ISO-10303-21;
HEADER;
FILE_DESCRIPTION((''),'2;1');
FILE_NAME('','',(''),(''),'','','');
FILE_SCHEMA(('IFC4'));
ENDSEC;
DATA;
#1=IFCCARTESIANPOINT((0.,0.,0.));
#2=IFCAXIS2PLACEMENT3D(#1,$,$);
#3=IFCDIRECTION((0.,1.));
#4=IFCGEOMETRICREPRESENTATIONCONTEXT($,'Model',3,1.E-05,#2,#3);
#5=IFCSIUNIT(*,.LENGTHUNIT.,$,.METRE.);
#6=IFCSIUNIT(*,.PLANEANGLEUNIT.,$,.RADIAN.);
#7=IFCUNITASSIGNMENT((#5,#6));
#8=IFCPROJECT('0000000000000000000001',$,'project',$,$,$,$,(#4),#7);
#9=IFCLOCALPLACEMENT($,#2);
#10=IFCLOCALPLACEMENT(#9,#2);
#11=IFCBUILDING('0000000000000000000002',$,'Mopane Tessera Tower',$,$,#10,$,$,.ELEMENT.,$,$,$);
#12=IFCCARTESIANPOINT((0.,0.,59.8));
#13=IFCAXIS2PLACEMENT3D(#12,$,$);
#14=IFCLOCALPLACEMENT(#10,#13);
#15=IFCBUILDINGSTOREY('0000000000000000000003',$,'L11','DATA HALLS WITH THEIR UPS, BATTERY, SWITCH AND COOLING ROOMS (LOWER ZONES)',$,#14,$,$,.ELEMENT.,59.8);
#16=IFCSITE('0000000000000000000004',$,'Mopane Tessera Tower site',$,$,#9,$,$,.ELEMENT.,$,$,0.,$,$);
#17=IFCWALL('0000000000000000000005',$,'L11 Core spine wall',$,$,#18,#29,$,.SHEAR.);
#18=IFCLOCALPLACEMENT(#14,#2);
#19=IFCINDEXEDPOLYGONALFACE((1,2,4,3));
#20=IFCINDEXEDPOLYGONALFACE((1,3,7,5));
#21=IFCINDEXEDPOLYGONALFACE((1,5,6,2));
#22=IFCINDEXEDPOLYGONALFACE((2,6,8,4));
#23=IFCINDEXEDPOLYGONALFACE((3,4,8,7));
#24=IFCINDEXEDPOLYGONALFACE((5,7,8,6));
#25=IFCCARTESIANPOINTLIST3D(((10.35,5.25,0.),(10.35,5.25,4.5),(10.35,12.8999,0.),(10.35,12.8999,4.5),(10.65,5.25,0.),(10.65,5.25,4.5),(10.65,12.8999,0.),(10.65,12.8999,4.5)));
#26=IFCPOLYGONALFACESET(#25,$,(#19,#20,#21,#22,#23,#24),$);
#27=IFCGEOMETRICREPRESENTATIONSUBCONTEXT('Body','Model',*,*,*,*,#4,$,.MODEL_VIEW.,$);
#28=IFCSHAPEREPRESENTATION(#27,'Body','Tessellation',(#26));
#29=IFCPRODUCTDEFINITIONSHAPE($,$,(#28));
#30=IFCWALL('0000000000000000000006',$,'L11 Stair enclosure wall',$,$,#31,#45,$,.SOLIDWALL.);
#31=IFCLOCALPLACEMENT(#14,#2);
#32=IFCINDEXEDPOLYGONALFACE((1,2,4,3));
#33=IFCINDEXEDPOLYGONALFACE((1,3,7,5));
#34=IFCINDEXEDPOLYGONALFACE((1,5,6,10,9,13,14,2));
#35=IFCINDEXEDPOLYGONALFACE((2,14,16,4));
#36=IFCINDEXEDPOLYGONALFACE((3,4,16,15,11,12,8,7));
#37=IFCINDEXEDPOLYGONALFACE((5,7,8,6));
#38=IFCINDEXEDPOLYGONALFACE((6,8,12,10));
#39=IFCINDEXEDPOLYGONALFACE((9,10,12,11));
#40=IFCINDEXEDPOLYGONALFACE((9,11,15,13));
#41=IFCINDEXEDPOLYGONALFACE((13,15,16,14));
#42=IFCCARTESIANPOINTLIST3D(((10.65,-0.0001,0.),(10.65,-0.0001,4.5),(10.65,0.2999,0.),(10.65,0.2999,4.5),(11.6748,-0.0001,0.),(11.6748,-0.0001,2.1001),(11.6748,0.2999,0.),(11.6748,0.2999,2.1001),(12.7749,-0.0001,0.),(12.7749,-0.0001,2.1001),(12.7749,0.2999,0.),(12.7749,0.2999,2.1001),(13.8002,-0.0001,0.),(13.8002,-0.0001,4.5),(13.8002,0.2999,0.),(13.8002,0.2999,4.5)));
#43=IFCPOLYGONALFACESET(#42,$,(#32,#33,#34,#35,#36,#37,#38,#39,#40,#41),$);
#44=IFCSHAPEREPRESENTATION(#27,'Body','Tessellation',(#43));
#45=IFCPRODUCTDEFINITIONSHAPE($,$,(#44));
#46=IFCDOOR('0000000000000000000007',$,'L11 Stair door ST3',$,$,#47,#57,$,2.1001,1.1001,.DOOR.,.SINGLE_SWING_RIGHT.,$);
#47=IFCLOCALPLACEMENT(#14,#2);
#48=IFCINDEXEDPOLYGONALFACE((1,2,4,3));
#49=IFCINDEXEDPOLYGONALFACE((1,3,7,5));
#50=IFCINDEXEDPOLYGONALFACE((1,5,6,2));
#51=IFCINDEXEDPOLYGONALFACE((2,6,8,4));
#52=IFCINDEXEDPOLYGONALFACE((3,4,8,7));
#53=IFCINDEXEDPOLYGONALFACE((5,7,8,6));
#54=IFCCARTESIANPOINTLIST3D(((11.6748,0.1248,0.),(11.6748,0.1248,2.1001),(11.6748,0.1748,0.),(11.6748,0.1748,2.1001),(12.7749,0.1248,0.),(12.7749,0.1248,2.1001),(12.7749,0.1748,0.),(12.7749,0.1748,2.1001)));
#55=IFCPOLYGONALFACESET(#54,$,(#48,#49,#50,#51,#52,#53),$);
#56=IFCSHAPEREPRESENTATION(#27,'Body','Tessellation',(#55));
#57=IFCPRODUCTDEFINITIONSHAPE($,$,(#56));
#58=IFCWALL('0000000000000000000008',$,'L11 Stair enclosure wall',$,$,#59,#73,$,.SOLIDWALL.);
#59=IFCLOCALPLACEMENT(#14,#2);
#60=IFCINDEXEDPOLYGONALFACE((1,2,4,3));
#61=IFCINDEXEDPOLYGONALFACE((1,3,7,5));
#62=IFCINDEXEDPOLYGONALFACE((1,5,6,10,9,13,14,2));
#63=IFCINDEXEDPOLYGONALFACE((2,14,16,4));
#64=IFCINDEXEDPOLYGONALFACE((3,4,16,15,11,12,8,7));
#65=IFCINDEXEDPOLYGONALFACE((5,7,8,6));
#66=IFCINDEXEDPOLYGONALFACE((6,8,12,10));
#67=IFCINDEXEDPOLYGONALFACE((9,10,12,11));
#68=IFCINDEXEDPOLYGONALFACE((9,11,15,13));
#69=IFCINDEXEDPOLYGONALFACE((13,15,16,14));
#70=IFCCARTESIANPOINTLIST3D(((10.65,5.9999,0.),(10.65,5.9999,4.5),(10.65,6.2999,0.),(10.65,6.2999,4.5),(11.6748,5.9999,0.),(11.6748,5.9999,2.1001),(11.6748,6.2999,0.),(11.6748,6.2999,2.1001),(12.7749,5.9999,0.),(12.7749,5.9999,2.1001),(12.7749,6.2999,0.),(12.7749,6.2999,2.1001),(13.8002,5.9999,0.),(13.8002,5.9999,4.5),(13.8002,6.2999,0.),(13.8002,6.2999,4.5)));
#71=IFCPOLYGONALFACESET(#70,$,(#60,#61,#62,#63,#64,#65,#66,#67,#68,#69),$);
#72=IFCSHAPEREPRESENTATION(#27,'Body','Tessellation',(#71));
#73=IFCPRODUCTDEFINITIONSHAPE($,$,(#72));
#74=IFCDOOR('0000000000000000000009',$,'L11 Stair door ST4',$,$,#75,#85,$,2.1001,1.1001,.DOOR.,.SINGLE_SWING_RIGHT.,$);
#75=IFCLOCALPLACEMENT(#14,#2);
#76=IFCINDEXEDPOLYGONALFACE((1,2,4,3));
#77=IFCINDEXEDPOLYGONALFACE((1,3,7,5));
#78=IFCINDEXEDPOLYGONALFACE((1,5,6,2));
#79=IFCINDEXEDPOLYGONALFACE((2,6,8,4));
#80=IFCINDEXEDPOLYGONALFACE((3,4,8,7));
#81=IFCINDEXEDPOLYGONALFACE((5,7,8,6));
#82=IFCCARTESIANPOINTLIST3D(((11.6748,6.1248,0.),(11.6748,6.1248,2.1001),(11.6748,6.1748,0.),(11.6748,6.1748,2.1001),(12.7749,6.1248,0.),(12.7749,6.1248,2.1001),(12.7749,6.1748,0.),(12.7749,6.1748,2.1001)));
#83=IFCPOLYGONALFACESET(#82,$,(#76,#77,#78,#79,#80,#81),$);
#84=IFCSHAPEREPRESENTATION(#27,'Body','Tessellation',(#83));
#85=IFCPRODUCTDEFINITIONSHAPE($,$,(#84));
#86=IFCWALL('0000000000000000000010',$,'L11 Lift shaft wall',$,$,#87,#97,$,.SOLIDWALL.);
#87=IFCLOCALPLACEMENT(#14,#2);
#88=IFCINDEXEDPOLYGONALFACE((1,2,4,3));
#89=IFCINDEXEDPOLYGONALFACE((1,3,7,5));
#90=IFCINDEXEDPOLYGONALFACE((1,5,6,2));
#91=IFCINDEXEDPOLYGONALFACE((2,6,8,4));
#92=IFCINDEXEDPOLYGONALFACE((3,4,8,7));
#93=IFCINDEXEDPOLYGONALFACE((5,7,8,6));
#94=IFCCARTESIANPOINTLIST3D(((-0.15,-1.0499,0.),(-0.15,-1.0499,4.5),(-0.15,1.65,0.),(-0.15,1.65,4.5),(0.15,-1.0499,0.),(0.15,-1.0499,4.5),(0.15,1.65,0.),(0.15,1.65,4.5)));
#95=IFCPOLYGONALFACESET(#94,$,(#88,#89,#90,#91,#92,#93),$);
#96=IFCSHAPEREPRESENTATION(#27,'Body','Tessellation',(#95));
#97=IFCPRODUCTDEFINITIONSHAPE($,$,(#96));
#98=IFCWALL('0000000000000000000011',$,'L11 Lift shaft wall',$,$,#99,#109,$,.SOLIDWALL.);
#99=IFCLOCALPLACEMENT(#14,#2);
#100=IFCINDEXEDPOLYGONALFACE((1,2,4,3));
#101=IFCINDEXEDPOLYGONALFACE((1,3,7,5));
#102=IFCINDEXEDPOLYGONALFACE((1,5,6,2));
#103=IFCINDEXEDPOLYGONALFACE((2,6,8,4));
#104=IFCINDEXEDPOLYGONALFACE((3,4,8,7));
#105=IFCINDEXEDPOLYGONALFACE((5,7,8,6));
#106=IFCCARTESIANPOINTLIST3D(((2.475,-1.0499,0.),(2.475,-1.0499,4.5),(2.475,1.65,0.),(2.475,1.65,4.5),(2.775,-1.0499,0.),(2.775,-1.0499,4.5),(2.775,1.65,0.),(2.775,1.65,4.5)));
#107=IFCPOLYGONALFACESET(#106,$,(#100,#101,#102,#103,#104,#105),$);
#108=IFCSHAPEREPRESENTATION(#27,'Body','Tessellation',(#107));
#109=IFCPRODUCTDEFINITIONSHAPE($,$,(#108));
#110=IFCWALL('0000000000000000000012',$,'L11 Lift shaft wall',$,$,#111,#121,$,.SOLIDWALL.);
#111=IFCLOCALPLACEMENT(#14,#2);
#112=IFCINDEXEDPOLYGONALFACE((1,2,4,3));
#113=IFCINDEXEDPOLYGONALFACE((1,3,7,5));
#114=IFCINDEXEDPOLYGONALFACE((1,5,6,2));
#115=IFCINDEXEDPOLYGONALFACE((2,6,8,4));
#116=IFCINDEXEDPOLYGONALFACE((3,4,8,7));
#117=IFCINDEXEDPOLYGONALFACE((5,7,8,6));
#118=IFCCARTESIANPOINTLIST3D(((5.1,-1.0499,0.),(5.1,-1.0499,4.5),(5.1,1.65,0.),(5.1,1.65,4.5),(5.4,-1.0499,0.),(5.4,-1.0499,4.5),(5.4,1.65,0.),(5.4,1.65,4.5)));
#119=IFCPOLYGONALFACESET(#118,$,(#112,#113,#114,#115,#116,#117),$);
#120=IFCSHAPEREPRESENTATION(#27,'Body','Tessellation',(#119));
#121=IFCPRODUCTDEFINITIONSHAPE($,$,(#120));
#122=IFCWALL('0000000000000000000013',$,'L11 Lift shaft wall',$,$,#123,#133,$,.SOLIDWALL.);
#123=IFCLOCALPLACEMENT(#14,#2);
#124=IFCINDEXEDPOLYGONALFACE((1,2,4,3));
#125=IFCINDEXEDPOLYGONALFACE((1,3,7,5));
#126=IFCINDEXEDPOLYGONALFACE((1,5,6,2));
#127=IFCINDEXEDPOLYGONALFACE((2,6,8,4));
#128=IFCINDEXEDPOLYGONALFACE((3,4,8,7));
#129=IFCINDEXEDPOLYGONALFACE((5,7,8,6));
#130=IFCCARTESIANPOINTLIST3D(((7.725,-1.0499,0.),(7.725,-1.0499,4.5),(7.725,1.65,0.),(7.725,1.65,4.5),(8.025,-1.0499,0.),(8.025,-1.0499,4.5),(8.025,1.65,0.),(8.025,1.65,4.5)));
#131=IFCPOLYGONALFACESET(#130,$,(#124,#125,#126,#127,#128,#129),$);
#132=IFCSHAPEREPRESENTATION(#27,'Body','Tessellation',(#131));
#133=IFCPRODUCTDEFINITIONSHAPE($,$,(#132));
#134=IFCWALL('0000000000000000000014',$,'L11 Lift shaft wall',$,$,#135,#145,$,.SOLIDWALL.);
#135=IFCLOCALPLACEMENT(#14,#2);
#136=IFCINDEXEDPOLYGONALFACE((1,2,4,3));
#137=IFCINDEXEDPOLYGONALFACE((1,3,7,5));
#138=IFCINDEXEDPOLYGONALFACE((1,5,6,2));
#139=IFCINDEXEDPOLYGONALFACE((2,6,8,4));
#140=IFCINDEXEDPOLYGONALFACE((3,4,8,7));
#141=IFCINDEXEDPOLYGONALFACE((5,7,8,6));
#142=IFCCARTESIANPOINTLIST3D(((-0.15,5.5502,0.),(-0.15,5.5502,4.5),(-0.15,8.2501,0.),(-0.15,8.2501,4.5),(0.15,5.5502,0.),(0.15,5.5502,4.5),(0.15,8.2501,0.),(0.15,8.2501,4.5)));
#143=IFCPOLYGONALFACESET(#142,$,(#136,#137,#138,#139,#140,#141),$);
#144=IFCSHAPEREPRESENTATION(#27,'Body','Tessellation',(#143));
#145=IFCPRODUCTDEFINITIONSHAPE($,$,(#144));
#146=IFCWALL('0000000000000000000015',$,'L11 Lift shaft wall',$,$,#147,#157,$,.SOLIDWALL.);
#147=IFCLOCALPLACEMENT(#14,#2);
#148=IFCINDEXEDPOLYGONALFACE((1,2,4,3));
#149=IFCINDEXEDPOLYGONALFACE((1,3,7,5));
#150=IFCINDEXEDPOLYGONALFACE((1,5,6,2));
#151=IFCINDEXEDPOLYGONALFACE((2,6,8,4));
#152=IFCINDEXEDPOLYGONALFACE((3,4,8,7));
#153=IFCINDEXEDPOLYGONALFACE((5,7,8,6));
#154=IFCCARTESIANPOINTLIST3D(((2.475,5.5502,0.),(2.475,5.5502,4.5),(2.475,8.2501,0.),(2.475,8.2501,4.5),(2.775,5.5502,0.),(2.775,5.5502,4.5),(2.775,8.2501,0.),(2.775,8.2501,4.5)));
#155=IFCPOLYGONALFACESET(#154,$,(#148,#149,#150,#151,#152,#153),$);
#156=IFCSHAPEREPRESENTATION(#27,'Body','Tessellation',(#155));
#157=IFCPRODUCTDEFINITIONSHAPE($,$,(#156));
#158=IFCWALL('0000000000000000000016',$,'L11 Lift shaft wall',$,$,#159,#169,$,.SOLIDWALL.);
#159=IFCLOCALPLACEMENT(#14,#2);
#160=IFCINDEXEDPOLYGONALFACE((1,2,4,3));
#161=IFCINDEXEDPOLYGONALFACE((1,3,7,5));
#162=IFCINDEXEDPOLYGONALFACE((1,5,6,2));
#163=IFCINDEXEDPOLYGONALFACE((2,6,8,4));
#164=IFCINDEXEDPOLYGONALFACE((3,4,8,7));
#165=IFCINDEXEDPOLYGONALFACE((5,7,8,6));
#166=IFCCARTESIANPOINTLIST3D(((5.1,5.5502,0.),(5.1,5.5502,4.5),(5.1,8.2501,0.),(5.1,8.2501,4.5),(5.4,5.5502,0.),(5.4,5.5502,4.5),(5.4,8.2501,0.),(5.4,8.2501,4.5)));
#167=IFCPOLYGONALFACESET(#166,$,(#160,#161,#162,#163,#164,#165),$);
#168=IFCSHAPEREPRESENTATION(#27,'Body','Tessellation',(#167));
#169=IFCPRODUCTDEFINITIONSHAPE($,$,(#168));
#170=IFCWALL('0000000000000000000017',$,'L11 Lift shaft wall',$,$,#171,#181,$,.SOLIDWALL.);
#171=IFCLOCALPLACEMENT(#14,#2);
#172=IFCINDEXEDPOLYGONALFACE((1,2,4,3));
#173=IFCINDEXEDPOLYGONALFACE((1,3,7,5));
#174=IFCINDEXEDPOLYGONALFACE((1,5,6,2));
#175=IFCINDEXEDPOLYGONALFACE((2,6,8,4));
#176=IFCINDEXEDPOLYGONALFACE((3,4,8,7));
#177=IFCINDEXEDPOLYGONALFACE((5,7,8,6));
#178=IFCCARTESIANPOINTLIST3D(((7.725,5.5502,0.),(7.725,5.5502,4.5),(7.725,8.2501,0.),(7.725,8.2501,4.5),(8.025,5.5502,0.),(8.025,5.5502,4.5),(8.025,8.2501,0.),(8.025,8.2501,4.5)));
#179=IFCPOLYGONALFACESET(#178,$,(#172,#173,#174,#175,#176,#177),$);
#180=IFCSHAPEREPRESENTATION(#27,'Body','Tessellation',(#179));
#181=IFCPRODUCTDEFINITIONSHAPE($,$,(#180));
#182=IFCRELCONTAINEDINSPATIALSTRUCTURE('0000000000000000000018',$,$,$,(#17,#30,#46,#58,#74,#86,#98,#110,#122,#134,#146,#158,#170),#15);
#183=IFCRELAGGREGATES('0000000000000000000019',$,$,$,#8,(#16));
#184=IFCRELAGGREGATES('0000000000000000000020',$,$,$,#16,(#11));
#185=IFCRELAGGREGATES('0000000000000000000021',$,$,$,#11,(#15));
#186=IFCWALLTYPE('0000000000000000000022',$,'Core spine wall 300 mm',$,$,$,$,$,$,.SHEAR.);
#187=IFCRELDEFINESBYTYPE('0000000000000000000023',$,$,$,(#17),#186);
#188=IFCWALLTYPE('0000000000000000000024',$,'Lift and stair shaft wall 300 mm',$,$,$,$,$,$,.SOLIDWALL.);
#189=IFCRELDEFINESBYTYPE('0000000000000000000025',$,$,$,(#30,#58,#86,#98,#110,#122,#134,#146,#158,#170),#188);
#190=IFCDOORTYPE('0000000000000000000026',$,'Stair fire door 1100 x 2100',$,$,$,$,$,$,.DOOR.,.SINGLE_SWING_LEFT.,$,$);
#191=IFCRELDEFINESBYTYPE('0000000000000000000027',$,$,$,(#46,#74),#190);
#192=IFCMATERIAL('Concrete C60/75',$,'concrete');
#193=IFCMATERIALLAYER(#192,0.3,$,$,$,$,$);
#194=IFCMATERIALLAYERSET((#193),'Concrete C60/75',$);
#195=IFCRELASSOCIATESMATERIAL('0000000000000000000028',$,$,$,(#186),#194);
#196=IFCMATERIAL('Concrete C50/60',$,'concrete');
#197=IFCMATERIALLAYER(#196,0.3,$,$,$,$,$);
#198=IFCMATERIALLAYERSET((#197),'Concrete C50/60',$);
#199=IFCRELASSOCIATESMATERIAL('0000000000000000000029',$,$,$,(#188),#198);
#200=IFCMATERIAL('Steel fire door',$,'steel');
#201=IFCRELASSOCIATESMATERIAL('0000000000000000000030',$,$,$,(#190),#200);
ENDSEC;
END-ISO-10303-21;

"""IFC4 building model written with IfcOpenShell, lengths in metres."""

from ifc_helpers import new_model, si_unit, direction, frame, frame_2d, origin, place, context, subcontext, project, spatial, rectangle, extrude, material, layer, layer_set, type_object, element, fill, save


model = new_model("IFC4")

# Units and contexts
model_context = context("Model", 3, precision=1e-05, world=origin(), true_north=direction((0.0, 1.0)))
body_context = subcontext(model_context, "Body", "Model", "MODEL_VIEW")
ifc_project = project(units=[si_unit("LENGTHUNIT", "METRE"), si_unit("PLANEANGLEUNIT", "RADIAN")], contexts=[model_context])

# Site, building, storey
site_placement = place(None, origin())
site = spatial("IfcSite", under=ifc_project, at=site_placement, Name="Mopane Tessera Tower site", CompositionType="ELEMENT", RefElevation=0.0)
building_placement = place(site_placement, origin())
building = spatial("IfcBuilding", under=site, at=building_placement, Name="Mopane Tessera Tower", CompositionType="ELEMENT")
storey_placement = place(building_placement, frame((0.0, 0.0, 59.8)))
storey = spatial("IfcBuildingStorey", under=building, at=storey_placement, Name="L11", Description="DATA HALLS WITH THEIR UPS, BATTERY, SWITCH AND COOLING ROOMS (LOWER ZONES)", CompositionType="ELEMENT", Elevation=59.8)

# Wall
ifc_material_1 = material(Name="Concrete C60/75", Category="concrete")
ifc_layer_1 = layer(ifc_material_1, 0.3)
ifc_layer_set_1 = layer_set([ifc_layer_1], Name="Concrete C60/75")
wall_type_1 = type_object("IfcWallType", Name="Core spine wall 300 mm", PredefinedType="SHEAR", material=ifc_layer_set_1)
wall_1_placement = place(storey_placement, frame((10.5, 5.25, 0.0), z_axis=(0.0, 0.0, 1.0), x_axis=(0.0, 1.0, 0.0)))
element("IfcWall", 1, at=wall_1_placement, inside=storey, type_object=wall_type_1, Name="L11 Core spine wall", PredefinedType="SHEAR", context=body_context, shape_type="SweptSolid", body=[
    extrude(rectangle(XDim=7.6499, YDim=0.3, at=frame_2d((3.825, 0.0))), origin(), (0.0, 0.0, 1.0), 4.5),
])

# Walls, openings, doors
ifc_material_2 = material(Name="Concrete C50/60", Category="concrete")
ifc_layer_2 = layer(ifc_material_2, 0.3)
ifc_layer_set_2 = layer_set([ifc_layer_2], Name="Concrete C50/60")
wall_type_2 = type_object("IfcWallType", Name="Lift and stair shaft wall 300 mm", PredefinedType="SOLIDWALL", material=ifc_layer_set_2)
wall_2_placement = place(storey_placement, frame((10.6499, 0.1499, 0.0), z_axis=(0.0, 0.0, 1.0), x_axis=(1.0, 0.0, 0.0)))
wall_2 = element("IfcWall", 2, at=wall_2_placement, inside=storey, type_object=wall_type_2, Name="L11 Stair enclosure wall", PredefinedType="SOLIDWALL", context=body_context, shape_type="SweptSolid", body=[
    extrude(rectangle(XDim=3.1501, YDim=0.3, at=frame_2d((1.5752, 0.0))), origin(), (0.0, 0.0, 1.0), 4.5),
])
opening_1_placement = place(wall_2_placement, frame((1.0249, 0.0, 0.0)))
opening_1 = element("IfcOpeningElement", 3, at=opening_1_placement, cuts=wall_2, PredefinedType="OPENING", context=body_context, shape_type="SweptSolid", body=[
    extrude(rectangle(XDim=1.1001, YDim=2.1001, at=frame_2d((0.55, 1.05))), frame((0.0, 0.1621, 0.0), z_axis=(0.0, -1.0, 0.0), x_axis=(1.0, 0.0, 0.0)), (0.0, 0.0, 1.0), 0.324),
])
ifc_material_3 = material(Name="Steel fire door", Category="steel")
door_type = type_object("IfcDoorType", Name="Stair fire door 1100 x 2100", OperationType="SINGLE_SWING_LEFT", PredefinedType="DOOR", material=ifc_material_3)
door_1_placement = place(opening_1_placement, origin())
door_1 = element("IfcDoor", 4, at=door_1_placement, inside=storey, type_object=door_type, Name="L11 Stair door ST3", OperationType="SINGLE_SWING_RIGHT", OverallHeight=2.1001, OverallWidth=1.1001, PredefinedType="DOOR", context=body_context, shape_type="SweptSolid", body=[
    extrude(rectangle(XDim=1.1001, YDim=2.1001, at=frame_2d((0.55, 1.05))), frame((0.0, 0.0249, 0.0), z_axis=(0.0, -1.0, 0.0), x_axis=(1.0, 0.0, 0.0)), (0.0, 0.0, 1.0), 0.05),
])
fill(opening_1, door_1)
wall_3_placement = place(storey_placement, frame((10.6499, 6.1499, 0.0), z_axis=(0.0, 0.0, 1.0), x_axis=(1.0, 0.0, 0.0)))
wall_3 = element("IfcWall", 5, at=wall_3_placement, inside=storey, type_object=wall_type_2, Name="L11 Stair enclosure wall", PredefinedType="SOLIDWALL", context=body_context, shape_type="SweptSolid", body=[
    extrude(rectangle(XDim=3.1501, YDim=0.3, at=frame_2d((1.5752, 0.0))), origin(), (0.0, 0.0, 1.0), 4.5),
])
opening_2_placement = place(wall_3_placement, frame((1.0249, 0.0, 0.0)))
opening_2 = element("IfcOpeningElement", 6, at=opening_2_placement, cuts=wall_3, PredefinedType="OPENING", context=body_context, shape_type="SweptSolid", body=[
    extrude(rectangle(XDim=1.1001, YDim=2.1001, at=frame_2d((0.55, 1.05))), frame((0.0, 0.1621, 0.0), z_axis=(0.0, -1.0, 0.0), x_axis=(1.0, 0.0, 0.0)), (0.0, 0.0, 1.0), 0.324),
])
door_2_placement = place(opening_2_placement, origin())
door_2 = element("IfcDoor", 7, at=door_2_placement, inside=storey, type_object=door_type, Name="L11 Stair door ST4", OperationType="SINGLE_SWING_RIGHT", OverallHeight=2.1001, OverallWidth=1.1001, PredefinedType="DOOR", context=body_context, shape_type="SweptSolid", body=[
    extrude(rectangle(XDim=1.1001, YDim=2.1001, at=frame_2d((0.55, 1.05))), frame((0.0, 0.0249, 0.0), z_axis=(0.0, -1.0, 0.0), x_axis=(1.0, 0.0, 0.0)), (0.0, 0.0, 1.0), 0.05),
])
fill(opening_2, door_2)

# Walls
for number, where, z_axis, x_axis, name in (
    (8, (0.0, -1.05, 0.0), (0.0, 0.0, 1.0), (0.0, 1.0, 0.0), "L11 Lift shaft wall"),
    (9, (2.625, -1.05, 0.0), (0.0, 0.0, 1.0), (0.0, 1.0, 0.0), "L11 Lift shaft wall"),
    (10, (5.25, -1.05, 0.0), (0.0, 0.0, 1.0), (0.0, 1.0, 0.0), "L11 Lift shaft wall"),
    (11, (7.875, -1.05, 0.0), (0.0, 0.0, 1.0), (0.0, 1.0, 0.0), "L11 Lift shaft wall"),
    (12, (0.0, 5.55, 0.0), (0.0, 0.0, 1.0), (0.0, 1.0, 0.0), "L11 Lift shaft wall"),
    (13, (2.625, 5.55, 0.0), (0.0, 0.0, 1.0), (0.0, 1.0, 0.0), "L11 Lift shaft wall"),
    (14, (5.25, 5.55, 0.0), (0.0, 0.0, 1.0), (0.0, 1.0, 0.0), "L11 Lift shaft wall"),
    (15, (7.875, 5.55, 0.0), (0.0, 0.0, 1.0), (0.0, 1.0, 0.0), "L11 Lift shaft wall"),
):
    element("IfcWall", number, at=place(storey_placement, frame(where, z_axis=z_axis, x_axis=x_axis)), inside=storey, type_object=wall_type_2, Name=name, PredefinedType="SOLIDWALL", context=body_context, shape_type="SweptSolid", body=[
        extrude(rectangle(XDim=2.7, YDim=0.3, at=frame_2d((1.3501, 0.0))), origin(), (0.0, 0.0, 1.0), 4.5),
    ])

save(model, "model.ifc")
